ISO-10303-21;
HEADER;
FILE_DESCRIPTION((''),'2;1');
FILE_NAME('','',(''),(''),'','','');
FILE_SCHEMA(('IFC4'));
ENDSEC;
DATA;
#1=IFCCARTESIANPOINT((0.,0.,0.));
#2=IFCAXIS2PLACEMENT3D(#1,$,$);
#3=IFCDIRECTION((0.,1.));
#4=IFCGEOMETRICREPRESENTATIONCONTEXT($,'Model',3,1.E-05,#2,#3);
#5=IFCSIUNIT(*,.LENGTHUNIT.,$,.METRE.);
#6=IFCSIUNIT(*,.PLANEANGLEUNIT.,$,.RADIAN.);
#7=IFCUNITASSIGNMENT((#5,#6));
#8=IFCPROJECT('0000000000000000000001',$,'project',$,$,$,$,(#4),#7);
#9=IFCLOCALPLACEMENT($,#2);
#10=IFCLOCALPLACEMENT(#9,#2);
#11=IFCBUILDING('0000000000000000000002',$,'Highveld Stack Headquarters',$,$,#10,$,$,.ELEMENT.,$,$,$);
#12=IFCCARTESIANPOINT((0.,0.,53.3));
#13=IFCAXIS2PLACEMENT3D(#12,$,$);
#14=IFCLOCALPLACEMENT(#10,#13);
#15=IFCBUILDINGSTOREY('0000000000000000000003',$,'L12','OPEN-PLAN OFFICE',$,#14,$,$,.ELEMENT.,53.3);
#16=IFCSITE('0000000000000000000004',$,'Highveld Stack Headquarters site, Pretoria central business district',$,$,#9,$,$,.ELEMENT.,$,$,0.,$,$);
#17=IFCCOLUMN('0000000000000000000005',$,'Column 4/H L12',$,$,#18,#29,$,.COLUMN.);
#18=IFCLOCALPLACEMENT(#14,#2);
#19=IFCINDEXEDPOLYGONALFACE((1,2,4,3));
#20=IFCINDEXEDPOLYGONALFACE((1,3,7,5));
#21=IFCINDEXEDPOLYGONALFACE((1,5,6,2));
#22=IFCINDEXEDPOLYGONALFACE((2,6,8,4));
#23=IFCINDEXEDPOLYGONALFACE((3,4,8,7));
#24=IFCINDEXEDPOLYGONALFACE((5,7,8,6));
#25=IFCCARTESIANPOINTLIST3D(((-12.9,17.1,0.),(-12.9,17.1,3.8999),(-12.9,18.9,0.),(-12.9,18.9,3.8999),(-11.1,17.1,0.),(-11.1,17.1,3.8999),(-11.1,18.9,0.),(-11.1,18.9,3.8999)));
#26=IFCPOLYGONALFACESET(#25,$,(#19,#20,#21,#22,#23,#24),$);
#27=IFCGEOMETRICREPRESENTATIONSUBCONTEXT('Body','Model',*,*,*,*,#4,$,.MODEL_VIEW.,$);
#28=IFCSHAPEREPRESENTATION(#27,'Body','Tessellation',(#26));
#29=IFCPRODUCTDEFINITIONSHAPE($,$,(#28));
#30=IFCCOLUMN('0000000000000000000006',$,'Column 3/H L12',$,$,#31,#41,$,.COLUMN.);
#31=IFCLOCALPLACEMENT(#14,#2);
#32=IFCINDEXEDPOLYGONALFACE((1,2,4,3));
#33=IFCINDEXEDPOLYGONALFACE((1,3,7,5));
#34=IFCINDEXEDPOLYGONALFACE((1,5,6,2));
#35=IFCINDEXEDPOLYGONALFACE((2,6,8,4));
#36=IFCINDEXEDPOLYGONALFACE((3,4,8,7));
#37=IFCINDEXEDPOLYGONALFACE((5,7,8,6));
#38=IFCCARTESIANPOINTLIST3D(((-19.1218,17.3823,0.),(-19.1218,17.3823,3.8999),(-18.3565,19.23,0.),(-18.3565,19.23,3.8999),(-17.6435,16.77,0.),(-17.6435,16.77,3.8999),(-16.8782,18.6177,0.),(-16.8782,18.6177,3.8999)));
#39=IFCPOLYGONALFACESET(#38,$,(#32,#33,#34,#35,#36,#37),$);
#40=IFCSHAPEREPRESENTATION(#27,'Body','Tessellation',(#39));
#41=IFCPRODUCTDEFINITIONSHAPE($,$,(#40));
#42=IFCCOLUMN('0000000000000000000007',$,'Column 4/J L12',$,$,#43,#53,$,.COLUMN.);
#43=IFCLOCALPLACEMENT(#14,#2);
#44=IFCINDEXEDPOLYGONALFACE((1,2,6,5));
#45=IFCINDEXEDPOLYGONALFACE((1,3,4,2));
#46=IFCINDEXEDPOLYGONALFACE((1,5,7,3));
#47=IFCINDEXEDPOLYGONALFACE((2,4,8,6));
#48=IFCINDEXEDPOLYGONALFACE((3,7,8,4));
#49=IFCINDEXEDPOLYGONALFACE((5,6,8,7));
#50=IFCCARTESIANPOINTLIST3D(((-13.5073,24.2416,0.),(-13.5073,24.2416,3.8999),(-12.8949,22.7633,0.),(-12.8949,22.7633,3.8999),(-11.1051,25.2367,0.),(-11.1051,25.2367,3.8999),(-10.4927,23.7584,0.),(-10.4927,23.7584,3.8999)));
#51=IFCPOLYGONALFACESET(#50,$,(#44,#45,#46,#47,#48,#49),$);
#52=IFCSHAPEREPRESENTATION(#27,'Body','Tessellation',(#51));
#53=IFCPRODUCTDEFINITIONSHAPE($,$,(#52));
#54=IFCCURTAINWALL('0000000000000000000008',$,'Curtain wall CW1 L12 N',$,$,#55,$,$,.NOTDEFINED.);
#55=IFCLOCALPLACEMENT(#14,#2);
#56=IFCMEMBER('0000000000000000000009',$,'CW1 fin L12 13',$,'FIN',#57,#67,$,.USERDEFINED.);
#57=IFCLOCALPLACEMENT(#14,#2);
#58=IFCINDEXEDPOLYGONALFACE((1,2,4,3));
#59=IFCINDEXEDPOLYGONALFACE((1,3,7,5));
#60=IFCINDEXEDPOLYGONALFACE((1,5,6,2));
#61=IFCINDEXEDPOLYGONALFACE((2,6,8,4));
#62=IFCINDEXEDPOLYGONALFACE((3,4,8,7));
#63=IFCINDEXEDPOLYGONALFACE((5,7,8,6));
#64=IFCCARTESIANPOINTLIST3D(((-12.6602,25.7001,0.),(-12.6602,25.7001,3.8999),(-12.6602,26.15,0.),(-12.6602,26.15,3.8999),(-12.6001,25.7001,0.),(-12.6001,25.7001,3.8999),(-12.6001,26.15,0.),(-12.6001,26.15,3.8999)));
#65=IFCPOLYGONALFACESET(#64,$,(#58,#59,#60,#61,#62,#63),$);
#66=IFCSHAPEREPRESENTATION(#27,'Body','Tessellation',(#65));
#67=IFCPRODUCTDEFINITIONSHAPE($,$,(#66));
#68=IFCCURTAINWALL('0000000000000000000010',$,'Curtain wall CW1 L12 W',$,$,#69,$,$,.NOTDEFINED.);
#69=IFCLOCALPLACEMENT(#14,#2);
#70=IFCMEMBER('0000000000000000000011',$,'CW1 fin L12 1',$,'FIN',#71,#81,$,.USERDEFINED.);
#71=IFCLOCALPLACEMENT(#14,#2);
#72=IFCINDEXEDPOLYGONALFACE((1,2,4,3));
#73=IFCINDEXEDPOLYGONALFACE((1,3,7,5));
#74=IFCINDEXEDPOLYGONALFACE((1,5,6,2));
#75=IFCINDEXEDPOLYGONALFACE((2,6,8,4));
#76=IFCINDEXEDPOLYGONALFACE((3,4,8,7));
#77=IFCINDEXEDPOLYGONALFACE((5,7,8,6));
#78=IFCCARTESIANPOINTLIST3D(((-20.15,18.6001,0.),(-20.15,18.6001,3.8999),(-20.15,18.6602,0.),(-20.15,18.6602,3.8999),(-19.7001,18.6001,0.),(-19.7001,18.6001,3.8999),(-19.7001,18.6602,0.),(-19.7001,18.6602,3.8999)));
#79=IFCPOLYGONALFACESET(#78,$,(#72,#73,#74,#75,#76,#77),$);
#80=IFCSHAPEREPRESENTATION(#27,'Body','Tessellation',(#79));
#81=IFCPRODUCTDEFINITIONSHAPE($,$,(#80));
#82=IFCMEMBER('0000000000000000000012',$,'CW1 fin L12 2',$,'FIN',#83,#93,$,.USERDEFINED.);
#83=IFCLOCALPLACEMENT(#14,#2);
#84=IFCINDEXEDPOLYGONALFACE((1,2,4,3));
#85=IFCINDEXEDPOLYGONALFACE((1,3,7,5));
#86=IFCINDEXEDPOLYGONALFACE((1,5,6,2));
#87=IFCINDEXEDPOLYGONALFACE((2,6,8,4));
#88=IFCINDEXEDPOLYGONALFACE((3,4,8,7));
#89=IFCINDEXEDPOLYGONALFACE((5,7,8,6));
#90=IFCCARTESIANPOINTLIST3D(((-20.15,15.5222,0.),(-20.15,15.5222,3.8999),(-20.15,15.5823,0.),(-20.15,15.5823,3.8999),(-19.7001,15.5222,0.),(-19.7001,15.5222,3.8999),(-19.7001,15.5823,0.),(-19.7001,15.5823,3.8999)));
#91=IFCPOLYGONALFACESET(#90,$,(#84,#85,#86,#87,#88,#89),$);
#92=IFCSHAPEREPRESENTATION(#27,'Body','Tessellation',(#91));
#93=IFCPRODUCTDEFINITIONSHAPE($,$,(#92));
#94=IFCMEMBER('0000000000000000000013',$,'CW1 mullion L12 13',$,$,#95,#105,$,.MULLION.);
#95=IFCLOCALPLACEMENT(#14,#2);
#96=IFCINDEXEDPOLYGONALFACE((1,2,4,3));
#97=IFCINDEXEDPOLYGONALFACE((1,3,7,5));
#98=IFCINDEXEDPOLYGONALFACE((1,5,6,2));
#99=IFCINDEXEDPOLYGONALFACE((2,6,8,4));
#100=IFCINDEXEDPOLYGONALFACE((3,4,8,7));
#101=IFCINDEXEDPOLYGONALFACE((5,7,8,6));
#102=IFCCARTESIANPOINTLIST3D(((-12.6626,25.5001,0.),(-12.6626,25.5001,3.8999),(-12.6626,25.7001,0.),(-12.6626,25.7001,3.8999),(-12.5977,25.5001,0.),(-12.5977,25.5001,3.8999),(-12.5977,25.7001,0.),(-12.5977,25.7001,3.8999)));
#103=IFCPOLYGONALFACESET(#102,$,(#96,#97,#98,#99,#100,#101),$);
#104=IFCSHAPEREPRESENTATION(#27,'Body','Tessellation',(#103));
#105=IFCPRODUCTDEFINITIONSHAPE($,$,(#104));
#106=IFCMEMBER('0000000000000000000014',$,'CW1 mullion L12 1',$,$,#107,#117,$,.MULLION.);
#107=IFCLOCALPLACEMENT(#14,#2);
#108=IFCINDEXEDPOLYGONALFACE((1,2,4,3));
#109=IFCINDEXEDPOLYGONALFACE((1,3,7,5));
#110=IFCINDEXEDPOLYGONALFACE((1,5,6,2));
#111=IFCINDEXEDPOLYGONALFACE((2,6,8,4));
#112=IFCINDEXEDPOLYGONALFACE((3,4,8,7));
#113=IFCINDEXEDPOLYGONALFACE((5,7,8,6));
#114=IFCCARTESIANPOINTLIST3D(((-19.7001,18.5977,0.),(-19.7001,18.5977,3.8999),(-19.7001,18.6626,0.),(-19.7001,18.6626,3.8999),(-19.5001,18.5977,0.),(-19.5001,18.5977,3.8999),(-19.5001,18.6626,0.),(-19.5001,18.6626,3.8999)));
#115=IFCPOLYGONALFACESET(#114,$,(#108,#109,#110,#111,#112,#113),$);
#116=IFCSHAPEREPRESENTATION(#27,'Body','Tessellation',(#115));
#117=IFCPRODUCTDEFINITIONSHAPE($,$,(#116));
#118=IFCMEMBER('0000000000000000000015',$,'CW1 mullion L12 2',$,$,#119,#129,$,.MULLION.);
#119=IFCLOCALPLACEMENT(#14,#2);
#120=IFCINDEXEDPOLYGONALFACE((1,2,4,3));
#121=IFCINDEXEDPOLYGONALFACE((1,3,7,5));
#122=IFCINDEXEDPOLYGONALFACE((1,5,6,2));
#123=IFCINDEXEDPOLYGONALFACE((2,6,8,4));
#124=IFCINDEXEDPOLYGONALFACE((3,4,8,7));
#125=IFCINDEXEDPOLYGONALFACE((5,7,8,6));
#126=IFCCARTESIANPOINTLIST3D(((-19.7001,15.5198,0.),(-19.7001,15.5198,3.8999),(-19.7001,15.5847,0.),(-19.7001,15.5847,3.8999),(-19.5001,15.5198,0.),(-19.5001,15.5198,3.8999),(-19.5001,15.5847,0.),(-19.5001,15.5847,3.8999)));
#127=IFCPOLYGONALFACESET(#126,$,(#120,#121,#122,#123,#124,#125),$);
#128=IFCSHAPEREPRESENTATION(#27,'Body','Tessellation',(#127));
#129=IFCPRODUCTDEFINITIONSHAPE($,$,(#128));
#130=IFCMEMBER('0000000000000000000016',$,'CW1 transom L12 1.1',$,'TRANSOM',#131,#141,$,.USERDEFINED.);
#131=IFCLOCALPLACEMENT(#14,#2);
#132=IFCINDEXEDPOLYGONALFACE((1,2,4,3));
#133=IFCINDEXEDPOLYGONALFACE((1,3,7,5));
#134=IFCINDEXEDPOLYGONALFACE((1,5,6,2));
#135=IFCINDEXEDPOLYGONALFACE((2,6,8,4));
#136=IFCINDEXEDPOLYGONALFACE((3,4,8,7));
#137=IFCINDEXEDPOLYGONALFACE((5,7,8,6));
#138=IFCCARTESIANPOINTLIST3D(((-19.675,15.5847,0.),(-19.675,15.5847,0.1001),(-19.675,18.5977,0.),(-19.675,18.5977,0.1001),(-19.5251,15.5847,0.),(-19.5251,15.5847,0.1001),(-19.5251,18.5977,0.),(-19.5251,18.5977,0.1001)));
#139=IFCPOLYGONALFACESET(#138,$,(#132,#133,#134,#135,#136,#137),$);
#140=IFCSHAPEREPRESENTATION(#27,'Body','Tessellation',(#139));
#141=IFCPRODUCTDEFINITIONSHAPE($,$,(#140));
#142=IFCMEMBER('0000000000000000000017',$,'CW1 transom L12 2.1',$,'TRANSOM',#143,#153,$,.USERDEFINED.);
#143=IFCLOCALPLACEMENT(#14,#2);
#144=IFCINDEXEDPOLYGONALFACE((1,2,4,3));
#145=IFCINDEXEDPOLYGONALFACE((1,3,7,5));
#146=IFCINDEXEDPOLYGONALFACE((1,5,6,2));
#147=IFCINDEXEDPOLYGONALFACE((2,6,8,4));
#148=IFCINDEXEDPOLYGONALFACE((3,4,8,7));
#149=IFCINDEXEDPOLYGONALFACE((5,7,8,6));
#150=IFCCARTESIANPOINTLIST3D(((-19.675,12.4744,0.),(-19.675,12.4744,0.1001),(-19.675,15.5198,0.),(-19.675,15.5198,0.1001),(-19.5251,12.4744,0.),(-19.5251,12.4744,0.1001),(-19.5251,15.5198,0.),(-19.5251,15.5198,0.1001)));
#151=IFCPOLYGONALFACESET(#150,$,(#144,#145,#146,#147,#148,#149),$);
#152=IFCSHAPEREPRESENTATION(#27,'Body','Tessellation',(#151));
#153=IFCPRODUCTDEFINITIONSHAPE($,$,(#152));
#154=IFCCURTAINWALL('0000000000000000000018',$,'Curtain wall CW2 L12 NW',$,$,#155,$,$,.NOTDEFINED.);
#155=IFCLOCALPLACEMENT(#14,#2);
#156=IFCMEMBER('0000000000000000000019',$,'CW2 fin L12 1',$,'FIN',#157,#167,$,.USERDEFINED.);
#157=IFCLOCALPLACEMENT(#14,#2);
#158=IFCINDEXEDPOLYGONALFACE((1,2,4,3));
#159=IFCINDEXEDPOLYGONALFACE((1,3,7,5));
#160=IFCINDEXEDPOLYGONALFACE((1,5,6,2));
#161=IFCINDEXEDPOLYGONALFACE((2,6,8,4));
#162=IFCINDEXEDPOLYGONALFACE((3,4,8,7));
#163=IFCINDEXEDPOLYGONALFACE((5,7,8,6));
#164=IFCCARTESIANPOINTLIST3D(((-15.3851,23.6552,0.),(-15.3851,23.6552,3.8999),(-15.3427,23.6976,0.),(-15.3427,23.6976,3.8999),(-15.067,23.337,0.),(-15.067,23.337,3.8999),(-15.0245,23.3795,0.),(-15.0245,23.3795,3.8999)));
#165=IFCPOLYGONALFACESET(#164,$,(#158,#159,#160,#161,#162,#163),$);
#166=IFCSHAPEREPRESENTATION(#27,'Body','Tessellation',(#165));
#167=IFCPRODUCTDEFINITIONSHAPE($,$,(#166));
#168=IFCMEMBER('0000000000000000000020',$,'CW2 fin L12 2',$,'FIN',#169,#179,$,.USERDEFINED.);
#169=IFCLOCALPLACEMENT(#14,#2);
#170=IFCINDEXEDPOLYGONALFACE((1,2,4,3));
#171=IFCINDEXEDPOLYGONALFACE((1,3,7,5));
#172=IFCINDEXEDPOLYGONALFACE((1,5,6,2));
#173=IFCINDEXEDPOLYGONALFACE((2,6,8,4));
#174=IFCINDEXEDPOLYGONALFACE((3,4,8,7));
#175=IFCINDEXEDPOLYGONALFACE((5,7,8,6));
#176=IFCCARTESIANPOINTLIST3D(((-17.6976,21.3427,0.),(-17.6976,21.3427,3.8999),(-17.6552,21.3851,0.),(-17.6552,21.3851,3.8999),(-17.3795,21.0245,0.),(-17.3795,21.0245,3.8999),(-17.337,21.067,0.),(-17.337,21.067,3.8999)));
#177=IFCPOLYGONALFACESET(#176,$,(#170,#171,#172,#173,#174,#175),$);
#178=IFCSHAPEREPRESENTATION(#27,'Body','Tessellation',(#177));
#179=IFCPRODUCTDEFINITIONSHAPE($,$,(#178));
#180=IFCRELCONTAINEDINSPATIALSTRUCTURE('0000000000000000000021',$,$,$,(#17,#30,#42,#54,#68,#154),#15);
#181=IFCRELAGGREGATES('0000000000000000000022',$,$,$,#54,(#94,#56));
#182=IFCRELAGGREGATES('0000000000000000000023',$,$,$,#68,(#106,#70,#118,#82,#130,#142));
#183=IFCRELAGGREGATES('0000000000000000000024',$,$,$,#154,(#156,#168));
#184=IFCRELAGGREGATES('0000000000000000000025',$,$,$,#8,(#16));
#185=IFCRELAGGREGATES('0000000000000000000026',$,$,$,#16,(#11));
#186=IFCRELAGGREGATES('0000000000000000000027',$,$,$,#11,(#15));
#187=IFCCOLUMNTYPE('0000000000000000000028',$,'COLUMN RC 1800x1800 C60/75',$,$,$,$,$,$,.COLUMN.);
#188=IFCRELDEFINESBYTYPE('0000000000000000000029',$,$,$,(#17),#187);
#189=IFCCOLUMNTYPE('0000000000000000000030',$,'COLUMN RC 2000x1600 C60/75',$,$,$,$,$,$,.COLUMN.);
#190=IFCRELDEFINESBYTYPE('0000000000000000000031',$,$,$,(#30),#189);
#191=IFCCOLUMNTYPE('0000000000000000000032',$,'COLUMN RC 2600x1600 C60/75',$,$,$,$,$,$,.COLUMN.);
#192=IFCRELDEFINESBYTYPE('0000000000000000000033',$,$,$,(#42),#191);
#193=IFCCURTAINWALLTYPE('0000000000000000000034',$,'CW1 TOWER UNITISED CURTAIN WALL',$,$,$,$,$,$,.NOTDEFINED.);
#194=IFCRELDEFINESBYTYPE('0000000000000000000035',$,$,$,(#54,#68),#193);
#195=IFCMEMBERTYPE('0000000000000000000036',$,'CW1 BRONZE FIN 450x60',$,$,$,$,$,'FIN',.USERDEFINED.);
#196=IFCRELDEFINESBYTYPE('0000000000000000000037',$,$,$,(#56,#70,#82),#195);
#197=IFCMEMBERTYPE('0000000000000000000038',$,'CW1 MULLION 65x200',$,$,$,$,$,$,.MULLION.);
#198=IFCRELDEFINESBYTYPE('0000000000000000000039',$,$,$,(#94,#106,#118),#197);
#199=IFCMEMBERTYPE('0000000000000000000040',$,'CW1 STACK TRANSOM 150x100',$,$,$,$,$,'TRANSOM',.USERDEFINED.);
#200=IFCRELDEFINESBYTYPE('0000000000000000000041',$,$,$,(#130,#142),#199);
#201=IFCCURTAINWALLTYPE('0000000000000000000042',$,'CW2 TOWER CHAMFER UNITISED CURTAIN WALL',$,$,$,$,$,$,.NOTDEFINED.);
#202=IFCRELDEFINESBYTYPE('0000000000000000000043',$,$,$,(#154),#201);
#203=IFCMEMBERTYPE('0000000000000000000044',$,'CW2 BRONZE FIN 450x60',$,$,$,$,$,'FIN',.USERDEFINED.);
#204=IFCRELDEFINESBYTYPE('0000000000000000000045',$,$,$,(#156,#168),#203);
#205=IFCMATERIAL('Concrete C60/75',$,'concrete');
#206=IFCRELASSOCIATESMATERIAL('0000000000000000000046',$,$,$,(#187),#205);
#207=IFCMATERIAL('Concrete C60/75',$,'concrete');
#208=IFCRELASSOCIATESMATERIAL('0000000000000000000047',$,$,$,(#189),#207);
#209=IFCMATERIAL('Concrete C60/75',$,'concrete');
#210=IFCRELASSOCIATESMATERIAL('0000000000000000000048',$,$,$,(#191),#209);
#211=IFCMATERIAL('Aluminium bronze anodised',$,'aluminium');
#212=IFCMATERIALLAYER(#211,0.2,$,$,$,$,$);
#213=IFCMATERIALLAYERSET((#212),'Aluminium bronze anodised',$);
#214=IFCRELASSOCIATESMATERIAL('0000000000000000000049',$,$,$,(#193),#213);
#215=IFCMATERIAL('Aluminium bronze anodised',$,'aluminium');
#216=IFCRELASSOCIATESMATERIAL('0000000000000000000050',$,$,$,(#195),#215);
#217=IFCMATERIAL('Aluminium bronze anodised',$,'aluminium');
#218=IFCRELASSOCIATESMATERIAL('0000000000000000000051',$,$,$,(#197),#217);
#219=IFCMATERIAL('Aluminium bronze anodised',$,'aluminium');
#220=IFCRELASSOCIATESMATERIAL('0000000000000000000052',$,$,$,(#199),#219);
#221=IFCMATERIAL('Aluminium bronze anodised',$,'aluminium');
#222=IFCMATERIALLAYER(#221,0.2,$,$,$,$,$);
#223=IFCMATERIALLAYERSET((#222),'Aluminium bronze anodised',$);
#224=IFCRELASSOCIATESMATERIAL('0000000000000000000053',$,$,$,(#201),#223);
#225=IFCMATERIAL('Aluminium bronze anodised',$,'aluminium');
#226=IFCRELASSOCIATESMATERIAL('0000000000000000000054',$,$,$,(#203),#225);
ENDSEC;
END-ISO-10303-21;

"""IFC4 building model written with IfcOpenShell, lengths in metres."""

from ifc_helpers import new_model, si_unit, direction, frame, origin, origin_2d, place, context, subcontext, project, spatial, rectangle, extrude, material, layer, layer_set, material_profile, profile_set, type_object, element, aggregate, save


model = new_model("IFC4")

# Units and contexts
model_context = context("Model", 3, precision=1e-05, world=origin(), true_north=direction((0.0, 1.0)))
body_context = subcontext(model_context, "Body", "Model", "MODEL_VIEW")
ifc_project = project(units=[si_unit("LENGTHUNIT", "METRE"), si_unit("PLANEANGLEUNIT", "RADIAN")], contexts=[model_context])

# Site, building, storey
site_placement = place(None, origin())
site = spatial("IfcSite", under=ifc_project, at=site_placement, Name="Highveld Stack Headquarters site, Pretoria central business district", CompositionType="ELEMENT", RefElevation=0.0)
building_placement = place(site_placement, origin())
building = spatial("IfcBuilding", under=site, at=building_placement, Name="Highveld Stack Headquarters", CompositionType="ELEMENT")
storey_placement = place(building_placement, frame((0.0, 0.0, 53.3)))
storey = spatial("IfcBuildingStorey", under=building, at=storey_placement, Name="L12", Description="OPEN-PLAN OFFICE", CompositionType="ELEMENT", Elevation=53.3)

# Columns
ifc_material_1 = material(Name="Concrete C60/75", Category="concrete")
ifc_material_profile_1 = material_profile(ifc_material_1, rectangle(XDim=1.8, YDim=1.8, at=origin_2d()), Name="RC 1800x1800")
ifc_profile_set_1 = profile_set([ifc_material_profile_1], Name="Concrete C60/75")
column_type_1 = type_object("IfcColumnType", Name="COLUMN RC 1800x1800 C60/75", PredefinedType="COLUMN", material=ifc_profile_set_1)
column_1_placement = place(storey_placement, frame((-12.0, 18.0, 0.0), z_axis=(0.0, 0.0, 1.0), x_axis=(1.0, 0.0, 0.0)))
element("IfcColumn", 1, at=column_1_placement, inside=storey, type_object=column_type_1, Name="Column 4/H L12", PredefinedType="COLUMN", context=body_context, shape_type="SweptSolid", body=[
    extrude(rectangle(XDim=1.8, YDim=1.8, at=origin_2d()), origin(), (0.0, 0.0, 1.0), 3.8999),
])
ifc_material_2 = material(Name="Concrete C60/75", Category="concrete")
ifc_material_profile_2 = material_profile(ifc_material_2, rectangle(XDim=2.0, YDim=1.6001, at=origin_2d()), Name="RC 2000x1600")
ifc_profile_set_2 = profile_set([ifc_material_profile_2], Name="Concrete C60/75")
column_type_2 = type_object("IfcColumnType", Name="COLUMN RC 2000x1600 C60/75", PredefinedType="COLUMN", material=ifc_profile_set_2)
column_2_placement = place(storey_placement, frame((-18.0, 18.0, 0.0), z_axis=(0.0, 0.0, 1.0), x_axis=(0.382683, 0.92388, 0.0)))
element("IfcColumn", 2, at=column_2_placement, inside=storey, type_object=column_type_2, Name="Column 3/H L12", PredefinedType="COLUMN", context=body_context, shape_type="SweptSolid", body=[
    extrude(rectangle(XDim=2.0, YDim=1.6001, at=origin_2d()), origin(), (0.0, 0.0, 1.0), 3.8999),
])
ifc_material_3 = material(Name="Concrete C60/75", Category="concrete")
ifc_material_profile_3 = material_profile(ifc_material_3, rectangle(XDim=2.6001, YDim=1.6001, at=origin_2d()), Name="RC 2600x1600")
ifc_profile_set_3 = profile_set([ifc_material_profile_3], Name="Concrete C60/75")
column_type_3 = type_object("IfcColumnType", Name="COLUMN RC 2600x1600 C60/75", PredefinedType="COLUMN", material=ifc_profile_set_3)
column_3_placement = place(storey_placement, frame((-12.0, 24.0, 0.0), z_axis=(0.0, 0.0, 1.0), x_axis=(0.92388, 0.382683, 0.0)))
element("IfcColumn", 3, at=column_3_placement, inside=storey, type_object=column_type_3, Name="Column 4/J L12", PredefinedType="COLUMN", context=body_context, shape_type="SweptSolid", body=[
    extrude(rectangle(XDim=2.6001, YDim=1.6001, at=origin_2d()), origin(), (0.0, 0.0, 1.0), 3.8999),
])

# Curtain wall, member
ifc_material_4 = material(Name="Aluminium bronze anodised", Category="aluminium")
ifc_layer_1 = layer(ifc_material_4, 0.2)
ifc_layer_set_1 = layer_set([ifc_layer_1], Name="Aluminium bronze anodised")
curtain_wall_type_1 = type_object("IfcCurtainWallType", Name="CW1 TOWER UNITISED CURTAIN WALL", PredefinedType="NOTDEFINED", material=ifc_layer_set_1)
curtain_wall_1_placement = place(storey_placement, origin())
curtain_wall_1 = element("IfcCurtainWall", 4, at=curtain_wall_1_placement, inside=storey, type_object=curtain_wall_type_1, Name="Curtain wall CW1 L12 N", PredefinedType="NOTDEFINED")
ifc_material_5 = material(Name="Aluminium bronze anodised", Category="aluminium")
ifc_material_profile_4 = material_profile(ifc_material_5, rectangle(XDim=0.45, YDim=0.0601, at=origin_2d()), Name="FIN 450x60")
ifc_profile_set_4 = profile_set([ifc_material_profile_4], Name="Aluminium bronze anodised")
member_type_1 = type_object("IfcMemberType", Name="CW1 BRONZE FIN 450x60", ElementType="FIN", PredefinedType="USERDEFINED", material=ifc_profile_set_4)
member_1_placement = place(storey_placement, frame((-12.6301, 25.925, 0.0), z_axis=(0.0, 0.0, 1.0), x_axis=(0.0, -1.0, 0.0)))
member_1 = element("IfcMember", 5, at=member_1_placement, type_object=member_type_1, Name="CW1 fin L12 13", ObjectType="FIN", PredefinedType="USERDEFINED", context=body_context, shape_type="SweptSolid", body=[
    extrude(rectangle(XDim=0.45, YDim=0.0601, at=origin_2d()), origin(), (0.0, 0.0, 1.0), 3.8999),
])

# Curtain wall, members
curtain_wall_2_placement = place(storey_placement, origin())
curtain_wall_2 = element("IfcCurtainWall", 6, at=curtain_wall_2_placement, inside=storey, type_object=curtain_wall_type_1, Name="Curtain wall CW1 L12 W", PredefinedType="NOTDEFINED")
member_2_placement = place(storey_placement, frame((-19.925, 18.6301, 0.0), z_axis=(0.0, 0.0, 1.0), x_axis=(1.0, 0.0, 0.0)))
member_2 = element("IfcMember", 7, at=member_2_placement, type_object=member_type_1, Name="CW1 fin L12 1", ObjectType="FIN", PredefinedType="USERDEFINED", context=body_context, shape_type="SweptSolid", body=[
    extrude(rectangle(XDim=0.45, YDim=0.0601, at=origin_2d()), origin(), (0.0, 0.0, 1.0), 3.8999),
])
member_3_placement = place(storey_placement, frame((-19.925, 15.5522, 0.0), z_axis=(0.0, 0.0, 1.0), x_axis=(1.0, 0.0, 0.0)))
member_3 = element("IfcMember", 8, at=member_3_placement, type_object=member_type_1, Name="CW1 fin L12 2", ObjectType="FIN", PredefinedType="USERDEFINED", context=body_context, shape_type="SweptSolid", body=[
    extrude(rectangle(XDim=0.45, YDim=0.0601, at=origin_2d()), origin(), (0.0, 0.0, 1.0), 3.8999),
])

# Members
ifc_material_6 = material(Name="Aluminium bronze anodised", Category="aluminium")
ifc_material_profile_5 = material_profile(ifc_material_6, rectangle(XDim=0.2, YDim=0.0649, at=origin_2d()), Name="CW1 MULLION 65x200")
ifc_profile_set_5 = profile_set([ifc_material_profile_5], Name="Aluminium bronze anodised")
member_type_2 = type_object("IfcMemberType", Name="CW1 MULLION 65x200", PredefinedType="MULLION", material=ifc_profile_set_5)
member_4_placement = place(storey_placement, frame((-12.6301, 25.6001, 0.0), z_axis=(0.0, 0.0, 1.0), x_axis=(0.0, -1.0, 0.0)))
member_4 = element("IfcMember", 9, at=member_4_placement, type_object=member_type_2, Name="CW1 mullion L12 13", PredefinedType="MULLION", context=body_context, shape_type="SweptSolid", body=[
    extrude(rectangle(XDim=0.2, YDim=0.0649, at=origin_2d()), origin(), (0.0, 0.0, 1.0), 3.8999),
])
member_5_placement = place(storey_placement, frame((-19.6001, 18.6301, 0.0), z_axis=(0.0, 0.0, 1.0), x_axis=(1.0, 0.0, 0.0)))
member_5 = element("IfcMember", 10, at=member_5_placement, type_object=member_type_2, Name="CW1 mullion L12 1", PredefinedType="MULLION", context=body_context, shape_type="SweptSolid", body=[
    extrude(rectangle(XDim=0.2, YDim=0.0649, at=origin_2d()), origin(), (0.0, 0.0, 1.0), 3.8999),
])
member_6_placement = place(storey_placement, frame((-19.6001, 15.5522, 0.0), z_axis=(0.0, 0.0, 1.0), x_axis=(1.0, 0.0, 0.0)))
member_6 = element("IfcMember", 11, at=member_6_placement, type_object=member_type_2, Name="CW1 mullion L12 2", PredefinedType="MULLION", context=body_context, shape_type="SweptSolid", body=[
    extrude(rectangle(XDim=0.2, YDim=0.0649, at=origin_2d()), origin(), (0.0, 0.0, 1.0), 3.8999),
])
ifc_material_7 = material(Name="Aluminium bronze anodised", Category="aluminium")
ifc_material_profile_6 = material_profile(ifc_material_7, rectangle(XDim=0.1499, YDim=0.1001, at=origin_2d()), Name="CW1 TRANSOM 150x100")
ifc_profile_set_6 = profile_set([ifc_material_profile_6], Name="Aluminium bronze anodised")
member_type_3 = type_object("IfcMemberType", Name="CW1 STACK TRANSOM 150x100", ElementType="TRANSOM", PredefinedType="USERDEFINED", material=ifc_profile_set_6)
member_7_placement = place(storey_placement, frame((-19.6001, 18.5977, 0.05), z_axis=(0.0, -1.0, 0.0), x_axis=(1.0, 0.0, 0.0)))
member_7 = element("IfcMember", 12, at=member_7_placement, type_object=member_type_3, Name="CW1 transom L12 1.1", ObjectType="TRANSOM", PredefinedType="USERDEFINED", context=body_context, shape_type="SweptSolid", body=[
    extrude(rectangle(XDim=0.1499, YDim=0.1001, at=origin_2d()), origin(), (0.0, 0.0, 1.0), 3.0129),
])
member_8_placement = place(storey_placement, frame((-19.6001, 15.5198, 0.05), z_axis=(0.0, -1.0, 0.0), x_axis=(1.0, 0.0, 0.0)))
member_8 = element("IfcMember", 13, at=member_8_placement, type_object=member_type_3, Name="CW1 transom L12 2.1", ObjectType="TRANSOM", PredefinedType="USERDEFINED", context=body_context, shape_type="SweptSolid", body=[
    extrude(rectangle(XDim=0.1499, YDim=0.1001, at=origin_2d()), origin(), (0.0, 0.0, 1.0), 3.0454),
])

# Curtain wall, members
ifc_material_8 = material(Name="Aluminium bronze anodised", Category="aluminium")
ifc_layer_2 = layer(ifc_material_8, 0.2)
ifc_layer_set_2 = layer_set([ifc_layer_2], Name="Aluminium bronze anodised")
curtain_wall_type_2 = type_object("IfcCurtainWallType", Name="CW2 TOWER CHAMFER UNITISED CURTAIN WALL", PredefinedType="NOTDEFINED", material=ifc_layer_set_2)
curtain_wall_3_placement = place(storey_placement, origin())
curtain_wall_3 = element("IfcCurtainWall", 14, at=curtain_wall_3_placement, inside=storey, type_object=curtain_wall_type_2, Name="Curtain wall CW2 L12 NW", PredefinedType="NOTDEFINED")
ifc_material_9 = material(Name="Aluminium bronze anodised", Category="aluminium")
ifc_material_profile_7 = material_profile(ifc_material_9, rectangle(XDim=0.45, YDim=0.0601, at=origin_2d()), Name="FIN 450x60")
ifc_profile_set_7 = profile_set([ifc_material_profile_7], Name="Aluminium bronze anodised")
member_type_4 = type_object("IfcMemberType", Name="CW2 BRONZE FIN 450x60", ElementType="FIN", PredefinedType="USERDEFINED", material=ifc_profile_set_7)
member_9_placement = place(storey_placement, frame((-15.2048, 23.5173, 0.0), z_axis=(0.0, 0.0, 1.0), x_axis=(0.707107, -0.707107, 0.0)))
member_9 = element("IfcMember", 15, at=member_9_placement, type_object=member_type_4, Name="CW2 fin L12 1", ObjectType="FIN", PredefinedType="USERDEFINED", context=body_context, shape_type="SweptSolid", body=[
    extrude(rectangle(XDim=0.45, YDim=0.0601, at=origin_2d()), origin(), (0.0, 0.0, 1.0), 3.8999),
])
member_10_placement = place(storey_placement, frame((-17.5173, 21.2048, 0.0), z_axis=(0.0, 0.0, 1.0), x_axis=(0.707107, -0.707107, 0.0)))
member_10 = element("IfcMember", 16, at=member_10_placement, type_object=member_type_4, Name="CW2 fin L12 2", ObjectType="FIN", PredefinedType="USERDEFINED", context=body_context, shape_type="SweptSolid", body=[
    extrude(rectangle(XDim=0.45, YDim=0.0601, at=origin_2d()), origin(), (0.0, 0.0, 1.0), 3.8999),
])

aggregate(curtain_wall_1, [member_4, member_1])
aggregate(curtain_wall_2, [member_5, member_2, member_6, member_3, member_7, member_8])
aggregate(curtain_wall_3, [member_9, member_10])

save(model, "model.ifc")
